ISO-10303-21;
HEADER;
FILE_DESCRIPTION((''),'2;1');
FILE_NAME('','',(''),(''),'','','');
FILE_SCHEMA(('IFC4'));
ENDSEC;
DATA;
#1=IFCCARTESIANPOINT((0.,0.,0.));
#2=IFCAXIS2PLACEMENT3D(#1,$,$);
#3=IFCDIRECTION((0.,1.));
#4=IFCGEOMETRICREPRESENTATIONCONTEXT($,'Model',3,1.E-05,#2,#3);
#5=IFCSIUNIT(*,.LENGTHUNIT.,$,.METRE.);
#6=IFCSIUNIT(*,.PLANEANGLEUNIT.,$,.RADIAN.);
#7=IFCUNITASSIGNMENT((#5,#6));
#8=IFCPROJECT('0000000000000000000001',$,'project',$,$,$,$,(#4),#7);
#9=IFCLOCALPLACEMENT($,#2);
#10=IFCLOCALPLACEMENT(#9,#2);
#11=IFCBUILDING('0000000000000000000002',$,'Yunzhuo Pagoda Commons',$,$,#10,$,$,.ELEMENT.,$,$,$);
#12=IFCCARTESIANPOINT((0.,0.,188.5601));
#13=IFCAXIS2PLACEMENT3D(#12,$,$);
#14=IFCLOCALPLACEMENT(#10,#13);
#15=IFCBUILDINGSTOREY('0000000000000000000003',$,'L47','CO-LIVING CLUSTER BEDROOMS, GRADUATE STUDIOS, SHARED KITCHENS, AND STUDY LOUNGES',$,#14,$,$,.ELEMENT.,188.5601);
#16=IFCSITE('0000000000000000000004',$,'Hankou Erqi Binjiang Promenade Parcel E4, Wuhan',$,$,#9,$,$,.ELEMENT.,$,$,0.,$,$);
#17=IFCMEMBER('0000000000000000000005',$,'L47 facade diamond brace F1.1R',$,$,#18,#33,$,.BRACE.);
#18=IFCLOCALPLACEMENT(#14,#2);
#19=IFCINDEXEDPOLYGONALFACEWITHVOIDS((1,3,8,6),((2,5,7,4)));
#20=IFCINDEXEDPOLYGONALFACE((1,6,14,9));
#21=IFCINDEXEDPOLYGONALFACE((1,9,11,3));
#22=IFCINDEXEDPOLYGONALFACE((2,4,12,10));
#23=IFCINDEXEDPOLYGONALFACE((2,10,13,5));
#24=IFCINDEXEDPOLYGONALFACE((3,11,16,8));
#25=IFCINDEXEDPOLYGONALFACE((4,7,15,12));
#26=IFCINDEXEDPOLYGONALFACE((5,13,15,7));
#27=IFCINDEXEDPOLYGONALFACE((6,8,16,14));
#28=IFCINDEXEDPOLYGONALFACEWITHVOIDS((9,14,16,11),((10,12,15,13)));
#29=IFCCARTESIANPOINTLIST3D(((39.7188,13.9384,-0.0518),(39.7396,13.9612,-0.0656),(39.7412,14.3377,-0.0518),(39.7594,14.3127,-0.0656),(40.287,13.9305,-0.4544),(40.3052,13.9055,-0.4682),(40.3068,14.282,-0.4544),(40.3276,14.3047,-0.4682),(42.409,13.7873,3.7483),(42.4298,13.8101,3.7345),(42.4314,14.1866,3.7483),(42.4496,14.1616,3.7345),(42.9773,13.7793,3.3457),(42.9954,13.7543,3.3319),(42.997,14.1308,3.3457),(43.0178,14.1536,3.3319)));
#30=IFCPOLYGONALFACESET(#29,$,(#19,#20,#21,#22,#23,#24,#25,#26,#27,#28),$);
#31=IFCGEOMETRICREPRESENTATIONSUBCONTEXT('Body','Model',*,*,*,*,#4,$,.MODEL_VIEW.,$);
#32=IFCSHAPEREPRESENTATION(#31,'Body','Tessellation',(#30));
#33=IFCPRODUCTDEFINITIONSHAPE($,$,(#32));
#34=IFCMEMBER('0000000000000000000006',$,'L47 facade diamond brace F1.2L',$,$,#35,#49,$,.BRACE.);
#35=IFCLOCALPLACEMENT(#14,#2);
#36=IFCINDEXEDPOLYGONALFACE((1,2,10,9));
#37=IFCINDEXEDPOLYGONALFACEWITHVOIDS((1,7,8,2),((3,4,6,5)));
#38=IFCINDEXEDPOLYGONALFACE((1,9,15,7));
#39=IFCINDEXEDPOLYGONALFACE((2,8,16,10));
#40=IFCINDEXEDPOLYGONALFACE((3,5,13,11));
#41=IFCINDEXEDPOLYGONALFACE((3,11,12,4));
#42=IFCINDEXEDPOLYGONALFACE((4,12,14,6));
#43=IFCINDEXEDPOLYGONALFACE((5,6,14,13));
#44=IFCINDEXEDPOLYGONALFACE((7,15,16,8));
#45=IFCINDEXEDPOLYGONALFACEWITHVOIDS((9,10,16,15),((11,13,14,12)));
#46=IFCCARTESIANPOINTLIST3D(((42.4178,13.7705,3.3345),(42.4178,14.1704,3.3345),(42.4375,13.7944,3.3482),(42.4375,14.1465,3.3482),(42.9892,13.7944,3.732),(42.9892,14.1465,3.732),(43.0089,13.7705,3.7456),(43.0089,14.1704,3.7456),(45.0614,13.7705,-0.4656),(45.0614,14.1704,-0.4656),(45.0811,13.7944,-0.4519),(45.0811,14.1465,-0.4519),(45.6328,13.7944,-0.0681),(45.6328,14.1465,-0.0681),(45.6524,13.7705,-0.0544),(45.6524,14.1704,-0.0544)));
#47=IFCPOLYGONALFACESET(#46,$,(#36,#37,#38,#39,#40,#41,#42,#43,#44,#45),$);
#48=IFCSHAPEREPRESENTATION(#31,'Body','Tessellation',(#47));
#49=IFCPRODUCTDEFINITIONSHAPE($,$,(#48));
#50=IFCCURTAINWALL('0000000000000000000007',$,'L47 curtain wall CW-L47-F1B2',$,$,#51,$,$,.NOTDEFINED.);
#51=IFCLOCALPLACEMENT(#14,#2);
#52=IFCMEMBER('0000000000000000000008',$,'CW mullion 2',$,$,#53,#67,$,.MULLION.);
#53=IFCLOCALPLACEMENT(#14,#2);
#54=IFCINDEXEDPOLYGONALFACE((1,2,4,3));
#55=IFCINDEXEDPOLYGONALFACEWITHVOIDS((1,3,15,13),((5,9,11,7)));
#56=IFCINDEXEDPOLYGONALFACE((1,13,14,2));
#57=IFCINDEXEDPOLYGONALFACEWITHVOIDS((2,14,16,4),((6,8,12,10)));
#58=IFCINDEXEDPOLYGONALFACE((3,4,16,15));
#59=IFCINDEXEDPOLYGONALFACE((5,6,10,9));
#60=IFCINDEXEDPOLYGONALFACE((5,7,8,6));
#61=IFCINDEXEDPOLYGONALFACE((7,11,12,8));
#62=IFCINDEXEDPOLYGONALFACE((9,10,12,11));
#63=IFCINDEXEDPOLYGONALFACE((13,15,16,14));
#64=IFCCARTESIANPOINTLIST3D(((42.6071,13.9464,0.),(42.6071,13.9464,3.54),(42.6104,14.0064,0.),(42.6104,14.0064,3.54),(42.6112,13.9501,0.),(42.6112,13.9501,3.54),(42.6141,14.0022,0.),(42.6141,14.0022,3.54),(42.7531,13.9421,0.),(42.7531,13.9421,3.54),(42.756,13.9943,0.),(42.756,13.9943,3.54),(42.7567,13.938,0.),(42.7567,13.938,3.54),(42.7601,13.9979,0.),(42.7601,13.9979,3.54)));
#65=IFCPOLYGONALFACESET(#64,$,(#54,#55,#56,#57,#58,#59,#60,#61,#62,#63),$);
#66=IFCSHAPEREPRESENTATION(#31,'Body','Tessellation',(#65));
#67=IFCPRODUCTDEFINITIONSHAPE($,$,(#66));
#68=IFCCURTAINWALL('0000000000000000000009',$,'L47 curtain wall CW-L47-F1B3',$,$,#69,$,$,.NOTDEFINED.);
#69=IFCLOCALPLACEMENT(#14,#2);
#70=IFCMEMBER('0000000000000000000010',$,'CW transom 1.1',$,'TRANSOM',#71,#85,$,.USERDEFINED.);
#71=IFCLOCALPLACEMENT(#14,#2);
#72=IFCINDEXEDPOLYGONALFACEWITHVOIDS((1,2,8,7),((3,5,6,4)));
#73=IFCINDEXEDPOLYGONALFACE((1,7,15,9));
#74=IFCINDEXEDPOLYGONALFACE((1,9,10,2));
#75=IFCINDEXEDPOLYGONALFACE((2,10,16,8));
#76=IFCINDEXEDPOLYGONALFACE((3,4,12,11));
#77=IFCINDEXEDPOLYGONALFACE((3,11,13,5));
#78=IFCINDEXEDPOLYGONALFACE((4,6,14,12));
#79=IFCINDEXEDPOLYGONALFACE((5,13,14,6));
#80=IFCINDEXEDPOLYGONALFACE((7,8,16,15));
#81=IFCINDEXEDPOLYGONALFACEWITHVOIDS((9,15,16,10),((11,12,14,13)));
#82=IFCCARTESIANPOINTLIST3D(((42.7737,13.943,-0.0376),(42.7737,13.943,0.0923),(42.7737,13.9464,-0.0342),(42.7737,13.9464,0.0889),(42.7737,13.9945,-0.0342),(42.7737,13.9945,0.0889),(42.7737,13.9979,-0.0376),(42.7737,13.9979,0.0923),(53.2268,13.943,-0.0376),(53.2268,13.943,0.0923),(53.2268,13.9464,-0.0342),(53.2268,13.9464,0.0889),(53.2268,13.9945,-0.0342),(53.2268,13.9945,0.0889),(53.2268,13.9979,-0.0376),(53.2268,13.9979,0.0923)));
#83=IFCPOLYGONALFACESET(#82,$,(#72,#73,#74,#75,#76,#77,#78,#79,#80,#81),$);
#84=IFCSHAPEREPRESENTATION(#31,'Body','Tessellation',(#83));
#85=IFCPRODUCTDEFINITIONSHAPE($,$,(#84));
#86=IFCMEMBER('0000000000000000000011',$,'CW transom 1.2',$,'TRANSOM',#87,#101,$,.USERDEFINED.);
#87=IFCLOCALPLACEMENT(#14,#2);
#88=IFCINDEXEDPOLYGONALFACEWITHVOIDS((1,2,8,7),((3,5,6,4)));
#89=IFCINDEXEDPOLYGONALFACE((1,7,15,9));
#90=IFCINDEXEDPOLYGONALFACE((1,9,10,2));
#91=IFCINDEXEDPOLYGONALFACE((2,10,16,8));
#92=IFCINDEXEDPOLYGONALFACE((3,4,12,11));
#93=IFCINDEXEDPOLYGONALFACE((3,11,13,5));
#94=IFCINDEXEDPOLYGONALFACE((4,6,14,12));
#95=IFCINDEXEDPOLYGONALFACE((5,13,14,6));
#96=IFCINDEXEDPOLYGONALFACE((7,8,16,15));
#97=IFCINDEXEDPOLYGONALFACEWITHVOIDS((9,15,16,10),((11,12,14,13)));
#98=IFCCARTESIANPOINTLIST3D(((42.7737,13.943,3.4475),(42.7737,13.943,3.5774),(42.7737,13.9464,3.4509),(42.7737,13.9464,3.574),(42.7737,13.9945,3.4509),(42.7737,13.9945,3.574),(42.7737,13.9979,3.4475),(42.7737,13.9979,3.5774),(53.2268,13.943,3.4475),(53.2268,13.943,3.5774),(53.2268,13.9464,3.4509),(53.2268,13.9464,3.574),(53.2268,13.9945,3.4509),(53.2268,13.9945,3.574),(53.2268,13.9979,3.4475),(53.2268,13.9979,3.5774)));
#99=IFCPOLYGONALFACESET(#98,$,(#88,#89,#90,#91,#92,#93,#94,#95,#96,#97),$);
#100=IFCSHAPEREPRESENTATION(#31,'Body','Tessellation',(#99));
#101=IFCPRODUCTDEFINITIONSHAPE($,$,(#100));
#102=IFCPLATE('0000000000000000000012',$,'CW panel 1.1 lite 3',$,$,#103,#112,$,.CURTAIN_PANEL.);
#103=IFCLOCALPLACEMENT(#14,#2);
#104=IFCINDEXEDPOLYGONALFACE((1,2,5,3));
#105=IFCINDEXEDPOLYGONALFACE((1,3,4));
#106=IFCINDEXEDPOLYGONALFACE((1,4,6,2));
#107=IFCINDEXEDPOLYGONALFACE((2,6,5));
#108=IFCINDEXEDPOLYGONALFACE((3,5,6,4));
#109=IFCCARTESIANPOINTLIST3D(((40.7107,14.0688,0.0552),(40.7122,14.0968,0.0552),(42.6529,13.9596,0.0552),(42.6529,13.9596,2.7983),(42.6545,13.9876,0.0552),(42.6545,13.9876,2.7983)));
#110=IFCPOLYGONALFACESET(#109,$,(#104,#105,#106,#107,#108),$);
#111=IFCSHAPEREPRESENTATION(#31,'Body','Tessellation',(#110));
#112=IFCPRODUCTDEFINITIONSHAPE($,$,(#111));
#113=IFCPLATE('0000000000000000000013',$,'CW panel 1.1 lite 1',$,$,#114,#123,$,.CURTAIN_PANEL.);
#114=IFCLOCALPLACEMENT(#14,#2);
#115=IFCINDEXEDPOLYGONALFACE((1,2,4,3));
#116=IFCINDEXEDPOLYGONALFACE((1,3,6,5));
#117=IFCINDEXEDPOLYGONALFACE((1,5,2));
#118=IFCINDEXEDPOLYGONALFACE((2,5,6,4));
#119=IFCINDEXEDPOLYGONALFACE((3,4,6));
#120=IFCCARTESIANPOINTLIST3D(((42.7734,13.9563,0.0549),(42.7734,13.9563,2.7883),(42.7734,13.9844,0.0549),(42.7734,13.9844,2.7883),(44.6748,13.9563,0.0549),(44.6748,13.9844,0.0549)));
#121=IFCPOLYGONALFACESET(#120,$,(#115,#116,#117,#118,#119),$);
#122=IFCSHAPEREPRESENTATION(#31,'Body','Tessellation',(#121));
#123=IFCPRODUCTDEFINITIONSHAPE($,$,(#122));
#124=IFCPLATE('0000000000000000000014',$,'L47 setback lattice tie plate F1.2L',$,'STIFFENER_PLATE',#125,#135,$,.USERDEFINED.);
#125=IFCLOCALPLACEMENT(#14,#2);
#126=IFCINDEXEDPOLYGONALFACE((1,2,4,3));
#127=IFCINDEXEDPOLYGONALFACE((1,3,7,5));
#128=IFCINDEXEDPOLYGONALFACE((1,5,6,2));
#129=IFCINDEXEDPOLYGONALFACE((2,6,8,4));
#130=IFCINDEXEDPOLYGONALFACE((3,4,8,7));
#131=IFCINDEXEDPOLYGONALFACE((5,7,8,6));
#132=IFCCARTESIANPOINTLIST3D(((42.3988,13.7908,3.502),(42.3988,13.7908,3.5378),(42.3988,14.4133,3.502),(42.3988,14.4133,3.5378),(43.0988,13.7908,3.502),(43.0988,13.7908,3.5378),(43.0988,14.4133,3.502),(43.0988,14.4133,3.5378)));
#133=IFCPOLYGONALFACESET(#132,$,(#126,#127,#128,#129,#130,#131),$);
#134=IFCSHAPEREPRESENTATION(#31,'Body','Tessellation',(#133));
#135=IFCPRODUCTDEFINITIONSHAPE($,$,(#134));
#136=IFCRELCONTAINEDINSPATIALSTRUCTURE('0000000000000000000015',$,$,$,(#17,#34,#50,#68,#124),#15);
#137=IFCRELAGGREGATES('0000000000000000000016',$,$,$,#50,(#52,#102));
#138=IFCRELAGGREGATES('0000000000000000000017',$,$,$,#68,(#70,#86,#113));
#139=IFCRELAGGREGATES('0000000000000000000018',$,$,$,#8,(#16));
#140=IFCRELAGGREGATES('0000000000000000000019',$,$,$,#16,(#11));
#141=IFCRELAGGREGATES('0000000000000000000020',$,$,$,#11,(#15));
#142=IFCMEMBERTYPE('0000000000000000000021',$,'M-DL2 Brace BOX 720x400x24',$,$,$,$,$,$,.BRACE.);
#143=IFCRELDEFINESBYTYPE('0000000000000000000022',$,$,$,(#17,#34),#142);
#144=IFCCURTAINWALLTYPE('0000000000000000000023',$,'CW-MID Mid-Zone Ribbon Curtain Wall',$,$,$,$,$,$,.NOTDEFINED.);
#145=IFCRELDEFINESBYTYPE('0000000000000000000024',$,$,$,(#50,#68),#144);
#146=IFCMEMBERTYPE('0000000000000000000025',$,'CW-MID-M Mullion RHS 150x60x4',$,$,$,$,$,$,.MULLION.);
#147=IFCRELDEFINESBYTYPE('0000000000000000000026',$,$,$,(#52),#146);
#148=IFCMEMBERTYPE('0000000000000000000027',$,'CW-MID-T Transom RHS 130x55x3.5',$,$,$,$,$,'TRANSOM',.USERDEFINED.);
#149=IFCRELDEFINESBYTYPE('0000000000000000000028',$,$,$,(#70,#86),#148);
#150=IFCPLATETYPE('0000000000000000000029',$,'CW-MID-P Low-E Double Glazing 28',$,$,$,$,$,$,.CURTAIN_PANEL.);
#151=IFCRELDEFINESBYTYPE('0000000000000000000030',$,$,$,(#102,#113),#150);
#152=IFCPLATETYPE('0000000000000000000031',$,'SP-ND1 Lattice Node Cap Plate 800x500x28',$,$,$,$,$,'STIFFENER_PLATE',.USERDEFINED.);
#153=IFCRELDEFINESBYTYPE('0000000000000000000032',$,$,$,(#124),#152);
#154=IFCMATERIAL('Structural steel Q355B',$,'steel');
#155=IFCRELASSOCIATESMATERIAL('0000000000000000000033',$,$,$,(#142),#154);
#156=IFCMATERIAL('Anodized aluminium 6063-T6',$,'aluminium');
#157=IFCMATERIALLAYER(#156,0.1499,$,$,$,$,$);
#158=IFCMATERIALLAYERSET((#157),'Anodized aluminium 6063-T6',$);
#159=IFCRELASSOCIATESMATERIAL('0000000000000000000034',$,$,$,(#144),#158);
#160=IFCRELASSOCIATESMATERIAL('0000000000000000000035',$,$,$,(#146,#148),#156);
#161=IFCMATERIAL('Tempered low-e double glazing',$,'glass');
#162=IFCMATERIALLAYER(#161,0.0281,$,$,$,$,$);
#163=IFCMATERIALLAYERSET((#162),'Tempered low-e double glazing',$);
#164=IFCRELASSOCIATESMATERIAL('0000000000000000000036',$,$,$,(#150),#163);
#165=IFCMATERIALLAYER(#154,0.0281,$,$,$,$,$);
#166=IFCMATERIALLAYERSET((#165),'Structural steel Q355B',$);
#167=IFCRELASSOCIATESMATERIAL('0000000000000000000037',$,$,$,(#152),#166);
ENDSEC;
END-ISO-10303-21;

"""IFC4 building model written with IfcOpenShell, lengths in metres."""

from ifc_helpers import new_model, si_unit, direction, frame, origin, origin_2d, place, context, subcontext, project, spatial, polyline, rectangle, hollow_rectangle, outline, extrude, source, transform, mapped, material, layer, layer_set, material_profile, profile_set, type_object, element, aggregate, save


model = new_model("IFC4")

# Units and contexts
model_context = context("Model", 3, precision=1e-05, world=origin(), true_north=direction((0.0, 1.0)))
body_context = subcontext(model_context, "Body", "Model", "MODEL_VIEW")
ifc_project = project(units=[si_unit("LENGTHUNIT", "METRE"), si_unit("PLANEANGLEUNIT", "RADIAN")], contexts=[model_context])

# Site, building, storey
site_placement = place(None, origin())
site = spatial("IfcSite", under=ifc_project, at=site_placement, Name="Hankou Erqi Binjiang Promenade Parcel E4, Wuhan", CompositionType="ELEMENT", RefElevation=0.0)
building_placement = place(site_placement, origin())
building = spatial("IfcBuilding", under=site, at=building_placement, Name="Yunzhuo Pagoda Commons", CompositionType="ELEMENT")
storey_placement = place(building_placement, frame((0.0, 0.0, 188.5601)))
storey = spatial("IfcBuildingStorey", under=building, at=storey_placement, Name="L47", Description="CO-LIVING CLUSTER BEDROOMS, GRADUATE STUDIOS, SHARED KITCHENS, AND STUDY LOUNGES", CompositionType="ELEMENT", Elevation=188.5601)

# Shared definitions
ifc_material_1 = material(Name="Structural steel Q355B", Category="steel")

# Members
ifc_material_profile_1 = material_profile(ifc_material_1, hollow_rectangle(XDim=0.3999, YDim=0.72, WallThickness=0.0239, at=origin_2d()), Name="Structural steel Q355B")
ifc_profile_set_1 = profile_set([ifc_material_profile_1], Name="Structural steel Q355B")
member_type_1 = type_object("IfcMemberType", Name="M-DL2 Brace BOX 720x400x24", PredefinedType="BRACE", material=ifc_profile_set_1)
shared_shape_1 = source(origin(), body_context, "Body", "SweptSolid", [
    extrude(hollow_rectangle(XDim=0.3999, YDim=0.72, WallThickness=0.0239, at=origin_2d()), origin(), (0.0, 0.0, 1.0), 4.6584),
])
member_1_placement = place(storey_placement, frame((40.0232, 14.1216, -0.26), z_axis=(0.577496, -0.032441, 0.815748), x_axis=(0.056087, 0.998426, 0.0)))
element("IfcMember", 1, at=member_1_placement, inside=storey, type_object=member_type_1, Name="L47 facade diamond brace F1.1R", PredefinedType="BRACE", context=body_context, shape_type="MappedRepresentation", body=[
    mapped(shared_shape_1, transform((0.0, 0.0, 0.0), scale=1.0)),
])
shared_shape_2 = source(origin(), body_context, "Body", "SweptSolid", [
    extrude(hollow_rectangle(XDim=0.3999, YDim=0.72, WallThickness=0.0239, at=origin_2d()), origin(), (0.0, 0.0, 1.0), 4.6292),
])
member_2_placement = place(storey_placement, frame((45.3569, 13.9705, -0.26), z_axis=(-0.571071, 0.0, 0.820901), x_axis=(0.0, -1.0, 0.0)))
element("IfcMember", 2, at=member_2_placement, inside=storey, type_object=member_type_1, Name="L47 facade diamond brace F1.2L", PredefinedType="BRACE", context=body_context, shape_type="MappedRepresentation", body=[
    mapped(shared_shape_2, transform((0.0, 0.0, 0.0), scale=1.0)),
])

# Curtain wall, member
ifc_material_2 = material(Name="Anodized aluminium 6063-T6", Category="aluminium")
ifc_layer_1 = layer(ifc_material_2, 0.1499)
ifc_layer_set_1 = layer_set([ifc_layer_1], Name="Anodized aluminium 6063-T6")
curtain_wall_type = type_object("IfcCurtainWallType", Name="CW-MID Mid-Zone Ribbon Curtain Wall", PredefinedType="NOTDEFINED", material=ifc_layer_set_1)
curtain_wall_1_placement = place(storey_placement, origin())
curtain_wall_1 = element("IfcCurtainWall", 3, at=curtain_wall_1_placement, inside=storey, type_object=curtain_wall_type, Name="L47 curtain wall CW-L47-F1B2", PredefinedType="NOTDEFINED")
ifc_material_profile_2 = material_profile(ifc_material_2, hollow_rectangle(XDim=0.0601, YDim=0.1499, WallThickness=0.0039, at=origin_2d()), Name="Anodized aluminium 6063-T6")
ifc_profile_set_2 = profile_set([ifc_material_profile_2], Name="Anodized aluminium 6063-T6")
member_type_2 = type_object("IfcMemberType", Name="CW-MID-M Mullion RHS 150x60x4", PredefinedType="MULLION", material=ifc_profile_set_2)
shared_shape_3 = source(origin(), body_context, "Body", "SweptSolid", [
    extrude(hollow_rectangle(XDim=0.0601, YDim=0.1499, WallThickness=0.0039, at=origin_2d()), origin(), (0.0, 0.0, 1.0), 3.54),
])
member_3_placement = place(storey_placement, frame((42.6836, 13.9722, 0.0), z_axis=(0.0, 0.0, 1.0), x_axis=(0.056143, 0.998423, 0.0)))
member_3 = element("IfcMember", 4, at=member_3_placement, type_object=member_type_2, Name="CW mullion 2", PredefinedType="MULLION", context=body_context, shape_type="MappedRepresentation", body=[
    mapped(shared_shape_3, transform((0.0, 0.0, 0.0), scale=1.0)),
])

# Curtain wall, members
curtain_wall_2_placement = place(storey_placement, origin())
curtain_wall_2 = element("IfcCurtainWall", 5, at=curtain_wall_2_placement, inside=storey, type_object=curtain_wall_type, Name="L47 curtain wall CW-L47-F1B3", PredefinedType="NOTDEFINED")
ifc_material_profile_3 = material_profile(ifc_material_2, hollow_rectangle(XDim=0.0549, YDim=0.1299, WallThickness=0.0034, at=origin_2d()), Name="Anodized aluminium 6063-T6")
ifc_profile_set_3 = profile_set([ifc_material_profile_3], Name="Anodized aluminium 6063-T6")
member_type_3 = type_object("IfcMemberType", Name="CW-MID-T Transom RHS 130x55x3.5", ElementType="TRANSOM", PredefinedType="USERDEFINED", material=ifc_profile_set_3)
shared_shape_4 = source(origin(), body_context, "Body", "SweptSolid", [
    extrude(hollow_rectangle(XDim=0.0549, YDim=0.1299, WallThickness=0.0034, at=origin_2d()), origin(), (0.0, 0.0, 1.0), 10.4531),
])
member_4_placement = place(storey_placement, frame((42.7737, 13.9705, 0.0273), z_axis=(1.0, 0.0, 0.0), x_axis=(0.0, 1.0, 0.0)))
member_4 = element("IfcMember", 6, at=member_4_placement, type_object=member_type_3, Name="CW transom 1.1", ObjectType="TRANSOM", PredefinedType="USERDEFINED", context=body_context, shape_type="MappedRepresentation", body=[
    mapped(shared_shape_4, transform((0.0, 0.0, 0.0), scale=1.0)),
])
member_5_placement = place(storey_placement, frame((42.7737, 13.9705, 3.5125), z_axis=(1.0, 0.0, 0.0), x_axis=(0.0, 1.0, 0.0)))
member_5 = element("IfcMember", 7, at=member_5_placement, type_object=member_type_3, Name="CW transom 1.2", ObjectType="TRANSOM", PredefinedType="USERDEFINED", context=body_context, shape_type="MappedRepresentation", body=[
    mapped(shared_shape_4, transform((0.0, 0.0, 0.0), scale=1.0)),
])

# Plates
ifc_material_3 = material(Name="Tempered low-e double glazing", Category="glass")
ifc_layer_2 = layer(ifc_material_3, 0.0281)
ifc_layer_set_2 = layer_set([ifc_layer_2], Name="Tempered low-e double glazing")
plate_type_1 = type_object("IfcPlateType", Name="CW-MID-P Low-E Double Glazing 28", PredefinedType="CURTAIN_PANEL", material=ifc_layer_set_2)
plate_1_placement = place(storey_placement, frame((41.6833, 14.0422, 1.4268), z_axis=(-0.056143, -0.998423, 0.0), x_axis=(0.998423, -0.056143, 0.0)))
plate_1 = element("IfcPlate", 8, at=plate_1_placement, type_object=plate_type_1, Name="CW panel 1.1 lite 3", PredefinedType="CURTAIN_PANEL", context=body_context, shape_type="SweptSolid", body=[
    extrude(outline(polyline([(-0.9727, -1.3716), (0.9727, -1.3716), (0.9727, 1.3716), (-0.9727, -1.3716)])), origin(), (0.0, 0.0, 1.0), 0.0281),
])
aggregate(curtain_wall_1, [member_3, plate_1])
plate_2_placement = place(storey_placement, frame((43.7241, 13.9844, 1.4216), z_axis=(0.0, -1.0, 0.0), x_axis=(1.0, 0.0, 0.0)))
plate_2 = element("IfcPlate", 9, at=plate_2_placement, type_object=plate_type_1, Name="CW panel 1.1 lite 1", PredefinedType="CURTAIN_PANEL", context=body_context, shape_type="SweptSolid", body=[
    extrude(outline(polyline([(-0.9507, -1.3667), (0.9507, -1.3667), (-0.9507, 1.3667), (-0.9507, -1.3667)])), origin(), (0.0, 0.0, 1.0), 0.0281),
])
aggregate(curtain_wall_2, [member_4, member_5, plate_2])
ifc_layer_3 = layer(ifc_material_1, 0.0281)
ifc_layer_set_3 = layer_set([ifc_layer_3], Name="Structural steel Q355B")
plate_type_2 = type_object("IfcPlateType", Name="SP-ND1 Lattice Node Cap Plate 800x500x28", ElementType="STIFFENER_PLATE", PredefinedType="USERDEFINED", material=ifc_layer_set_3)
shared_shape_5 = source(origin(), body_context, "Body", "SweptSolid", [
    extrude(rectangle(XDim=0.7, YDim=0.6226, at=origin_2d()), origin(), (0.0, 0.0, 1.0), 0.0359),
])
plate_3_placement = place(storey_placement, frame((42.7488, 14.1021, 3.502), z_axis=(0.0, 0.0, 1.0), x_axis=(1.0, 0.0, 0.0)))
element("IfcPlate", 10, at=plate_3_placement, inside=storey, type_object=plate_type_2, Name="L47 setback lattice tie plate F1.2L", ObjectType="STIFFENER_PLATE", PredefinedType="USERDEFINED", context=body_context, shape_type="MappedRepresentation", body=[
    mapped(shared_shape_5, transform((0.0, 0.0, 0.0), scale=1.0)),
])

save(model, "model.ifc")
